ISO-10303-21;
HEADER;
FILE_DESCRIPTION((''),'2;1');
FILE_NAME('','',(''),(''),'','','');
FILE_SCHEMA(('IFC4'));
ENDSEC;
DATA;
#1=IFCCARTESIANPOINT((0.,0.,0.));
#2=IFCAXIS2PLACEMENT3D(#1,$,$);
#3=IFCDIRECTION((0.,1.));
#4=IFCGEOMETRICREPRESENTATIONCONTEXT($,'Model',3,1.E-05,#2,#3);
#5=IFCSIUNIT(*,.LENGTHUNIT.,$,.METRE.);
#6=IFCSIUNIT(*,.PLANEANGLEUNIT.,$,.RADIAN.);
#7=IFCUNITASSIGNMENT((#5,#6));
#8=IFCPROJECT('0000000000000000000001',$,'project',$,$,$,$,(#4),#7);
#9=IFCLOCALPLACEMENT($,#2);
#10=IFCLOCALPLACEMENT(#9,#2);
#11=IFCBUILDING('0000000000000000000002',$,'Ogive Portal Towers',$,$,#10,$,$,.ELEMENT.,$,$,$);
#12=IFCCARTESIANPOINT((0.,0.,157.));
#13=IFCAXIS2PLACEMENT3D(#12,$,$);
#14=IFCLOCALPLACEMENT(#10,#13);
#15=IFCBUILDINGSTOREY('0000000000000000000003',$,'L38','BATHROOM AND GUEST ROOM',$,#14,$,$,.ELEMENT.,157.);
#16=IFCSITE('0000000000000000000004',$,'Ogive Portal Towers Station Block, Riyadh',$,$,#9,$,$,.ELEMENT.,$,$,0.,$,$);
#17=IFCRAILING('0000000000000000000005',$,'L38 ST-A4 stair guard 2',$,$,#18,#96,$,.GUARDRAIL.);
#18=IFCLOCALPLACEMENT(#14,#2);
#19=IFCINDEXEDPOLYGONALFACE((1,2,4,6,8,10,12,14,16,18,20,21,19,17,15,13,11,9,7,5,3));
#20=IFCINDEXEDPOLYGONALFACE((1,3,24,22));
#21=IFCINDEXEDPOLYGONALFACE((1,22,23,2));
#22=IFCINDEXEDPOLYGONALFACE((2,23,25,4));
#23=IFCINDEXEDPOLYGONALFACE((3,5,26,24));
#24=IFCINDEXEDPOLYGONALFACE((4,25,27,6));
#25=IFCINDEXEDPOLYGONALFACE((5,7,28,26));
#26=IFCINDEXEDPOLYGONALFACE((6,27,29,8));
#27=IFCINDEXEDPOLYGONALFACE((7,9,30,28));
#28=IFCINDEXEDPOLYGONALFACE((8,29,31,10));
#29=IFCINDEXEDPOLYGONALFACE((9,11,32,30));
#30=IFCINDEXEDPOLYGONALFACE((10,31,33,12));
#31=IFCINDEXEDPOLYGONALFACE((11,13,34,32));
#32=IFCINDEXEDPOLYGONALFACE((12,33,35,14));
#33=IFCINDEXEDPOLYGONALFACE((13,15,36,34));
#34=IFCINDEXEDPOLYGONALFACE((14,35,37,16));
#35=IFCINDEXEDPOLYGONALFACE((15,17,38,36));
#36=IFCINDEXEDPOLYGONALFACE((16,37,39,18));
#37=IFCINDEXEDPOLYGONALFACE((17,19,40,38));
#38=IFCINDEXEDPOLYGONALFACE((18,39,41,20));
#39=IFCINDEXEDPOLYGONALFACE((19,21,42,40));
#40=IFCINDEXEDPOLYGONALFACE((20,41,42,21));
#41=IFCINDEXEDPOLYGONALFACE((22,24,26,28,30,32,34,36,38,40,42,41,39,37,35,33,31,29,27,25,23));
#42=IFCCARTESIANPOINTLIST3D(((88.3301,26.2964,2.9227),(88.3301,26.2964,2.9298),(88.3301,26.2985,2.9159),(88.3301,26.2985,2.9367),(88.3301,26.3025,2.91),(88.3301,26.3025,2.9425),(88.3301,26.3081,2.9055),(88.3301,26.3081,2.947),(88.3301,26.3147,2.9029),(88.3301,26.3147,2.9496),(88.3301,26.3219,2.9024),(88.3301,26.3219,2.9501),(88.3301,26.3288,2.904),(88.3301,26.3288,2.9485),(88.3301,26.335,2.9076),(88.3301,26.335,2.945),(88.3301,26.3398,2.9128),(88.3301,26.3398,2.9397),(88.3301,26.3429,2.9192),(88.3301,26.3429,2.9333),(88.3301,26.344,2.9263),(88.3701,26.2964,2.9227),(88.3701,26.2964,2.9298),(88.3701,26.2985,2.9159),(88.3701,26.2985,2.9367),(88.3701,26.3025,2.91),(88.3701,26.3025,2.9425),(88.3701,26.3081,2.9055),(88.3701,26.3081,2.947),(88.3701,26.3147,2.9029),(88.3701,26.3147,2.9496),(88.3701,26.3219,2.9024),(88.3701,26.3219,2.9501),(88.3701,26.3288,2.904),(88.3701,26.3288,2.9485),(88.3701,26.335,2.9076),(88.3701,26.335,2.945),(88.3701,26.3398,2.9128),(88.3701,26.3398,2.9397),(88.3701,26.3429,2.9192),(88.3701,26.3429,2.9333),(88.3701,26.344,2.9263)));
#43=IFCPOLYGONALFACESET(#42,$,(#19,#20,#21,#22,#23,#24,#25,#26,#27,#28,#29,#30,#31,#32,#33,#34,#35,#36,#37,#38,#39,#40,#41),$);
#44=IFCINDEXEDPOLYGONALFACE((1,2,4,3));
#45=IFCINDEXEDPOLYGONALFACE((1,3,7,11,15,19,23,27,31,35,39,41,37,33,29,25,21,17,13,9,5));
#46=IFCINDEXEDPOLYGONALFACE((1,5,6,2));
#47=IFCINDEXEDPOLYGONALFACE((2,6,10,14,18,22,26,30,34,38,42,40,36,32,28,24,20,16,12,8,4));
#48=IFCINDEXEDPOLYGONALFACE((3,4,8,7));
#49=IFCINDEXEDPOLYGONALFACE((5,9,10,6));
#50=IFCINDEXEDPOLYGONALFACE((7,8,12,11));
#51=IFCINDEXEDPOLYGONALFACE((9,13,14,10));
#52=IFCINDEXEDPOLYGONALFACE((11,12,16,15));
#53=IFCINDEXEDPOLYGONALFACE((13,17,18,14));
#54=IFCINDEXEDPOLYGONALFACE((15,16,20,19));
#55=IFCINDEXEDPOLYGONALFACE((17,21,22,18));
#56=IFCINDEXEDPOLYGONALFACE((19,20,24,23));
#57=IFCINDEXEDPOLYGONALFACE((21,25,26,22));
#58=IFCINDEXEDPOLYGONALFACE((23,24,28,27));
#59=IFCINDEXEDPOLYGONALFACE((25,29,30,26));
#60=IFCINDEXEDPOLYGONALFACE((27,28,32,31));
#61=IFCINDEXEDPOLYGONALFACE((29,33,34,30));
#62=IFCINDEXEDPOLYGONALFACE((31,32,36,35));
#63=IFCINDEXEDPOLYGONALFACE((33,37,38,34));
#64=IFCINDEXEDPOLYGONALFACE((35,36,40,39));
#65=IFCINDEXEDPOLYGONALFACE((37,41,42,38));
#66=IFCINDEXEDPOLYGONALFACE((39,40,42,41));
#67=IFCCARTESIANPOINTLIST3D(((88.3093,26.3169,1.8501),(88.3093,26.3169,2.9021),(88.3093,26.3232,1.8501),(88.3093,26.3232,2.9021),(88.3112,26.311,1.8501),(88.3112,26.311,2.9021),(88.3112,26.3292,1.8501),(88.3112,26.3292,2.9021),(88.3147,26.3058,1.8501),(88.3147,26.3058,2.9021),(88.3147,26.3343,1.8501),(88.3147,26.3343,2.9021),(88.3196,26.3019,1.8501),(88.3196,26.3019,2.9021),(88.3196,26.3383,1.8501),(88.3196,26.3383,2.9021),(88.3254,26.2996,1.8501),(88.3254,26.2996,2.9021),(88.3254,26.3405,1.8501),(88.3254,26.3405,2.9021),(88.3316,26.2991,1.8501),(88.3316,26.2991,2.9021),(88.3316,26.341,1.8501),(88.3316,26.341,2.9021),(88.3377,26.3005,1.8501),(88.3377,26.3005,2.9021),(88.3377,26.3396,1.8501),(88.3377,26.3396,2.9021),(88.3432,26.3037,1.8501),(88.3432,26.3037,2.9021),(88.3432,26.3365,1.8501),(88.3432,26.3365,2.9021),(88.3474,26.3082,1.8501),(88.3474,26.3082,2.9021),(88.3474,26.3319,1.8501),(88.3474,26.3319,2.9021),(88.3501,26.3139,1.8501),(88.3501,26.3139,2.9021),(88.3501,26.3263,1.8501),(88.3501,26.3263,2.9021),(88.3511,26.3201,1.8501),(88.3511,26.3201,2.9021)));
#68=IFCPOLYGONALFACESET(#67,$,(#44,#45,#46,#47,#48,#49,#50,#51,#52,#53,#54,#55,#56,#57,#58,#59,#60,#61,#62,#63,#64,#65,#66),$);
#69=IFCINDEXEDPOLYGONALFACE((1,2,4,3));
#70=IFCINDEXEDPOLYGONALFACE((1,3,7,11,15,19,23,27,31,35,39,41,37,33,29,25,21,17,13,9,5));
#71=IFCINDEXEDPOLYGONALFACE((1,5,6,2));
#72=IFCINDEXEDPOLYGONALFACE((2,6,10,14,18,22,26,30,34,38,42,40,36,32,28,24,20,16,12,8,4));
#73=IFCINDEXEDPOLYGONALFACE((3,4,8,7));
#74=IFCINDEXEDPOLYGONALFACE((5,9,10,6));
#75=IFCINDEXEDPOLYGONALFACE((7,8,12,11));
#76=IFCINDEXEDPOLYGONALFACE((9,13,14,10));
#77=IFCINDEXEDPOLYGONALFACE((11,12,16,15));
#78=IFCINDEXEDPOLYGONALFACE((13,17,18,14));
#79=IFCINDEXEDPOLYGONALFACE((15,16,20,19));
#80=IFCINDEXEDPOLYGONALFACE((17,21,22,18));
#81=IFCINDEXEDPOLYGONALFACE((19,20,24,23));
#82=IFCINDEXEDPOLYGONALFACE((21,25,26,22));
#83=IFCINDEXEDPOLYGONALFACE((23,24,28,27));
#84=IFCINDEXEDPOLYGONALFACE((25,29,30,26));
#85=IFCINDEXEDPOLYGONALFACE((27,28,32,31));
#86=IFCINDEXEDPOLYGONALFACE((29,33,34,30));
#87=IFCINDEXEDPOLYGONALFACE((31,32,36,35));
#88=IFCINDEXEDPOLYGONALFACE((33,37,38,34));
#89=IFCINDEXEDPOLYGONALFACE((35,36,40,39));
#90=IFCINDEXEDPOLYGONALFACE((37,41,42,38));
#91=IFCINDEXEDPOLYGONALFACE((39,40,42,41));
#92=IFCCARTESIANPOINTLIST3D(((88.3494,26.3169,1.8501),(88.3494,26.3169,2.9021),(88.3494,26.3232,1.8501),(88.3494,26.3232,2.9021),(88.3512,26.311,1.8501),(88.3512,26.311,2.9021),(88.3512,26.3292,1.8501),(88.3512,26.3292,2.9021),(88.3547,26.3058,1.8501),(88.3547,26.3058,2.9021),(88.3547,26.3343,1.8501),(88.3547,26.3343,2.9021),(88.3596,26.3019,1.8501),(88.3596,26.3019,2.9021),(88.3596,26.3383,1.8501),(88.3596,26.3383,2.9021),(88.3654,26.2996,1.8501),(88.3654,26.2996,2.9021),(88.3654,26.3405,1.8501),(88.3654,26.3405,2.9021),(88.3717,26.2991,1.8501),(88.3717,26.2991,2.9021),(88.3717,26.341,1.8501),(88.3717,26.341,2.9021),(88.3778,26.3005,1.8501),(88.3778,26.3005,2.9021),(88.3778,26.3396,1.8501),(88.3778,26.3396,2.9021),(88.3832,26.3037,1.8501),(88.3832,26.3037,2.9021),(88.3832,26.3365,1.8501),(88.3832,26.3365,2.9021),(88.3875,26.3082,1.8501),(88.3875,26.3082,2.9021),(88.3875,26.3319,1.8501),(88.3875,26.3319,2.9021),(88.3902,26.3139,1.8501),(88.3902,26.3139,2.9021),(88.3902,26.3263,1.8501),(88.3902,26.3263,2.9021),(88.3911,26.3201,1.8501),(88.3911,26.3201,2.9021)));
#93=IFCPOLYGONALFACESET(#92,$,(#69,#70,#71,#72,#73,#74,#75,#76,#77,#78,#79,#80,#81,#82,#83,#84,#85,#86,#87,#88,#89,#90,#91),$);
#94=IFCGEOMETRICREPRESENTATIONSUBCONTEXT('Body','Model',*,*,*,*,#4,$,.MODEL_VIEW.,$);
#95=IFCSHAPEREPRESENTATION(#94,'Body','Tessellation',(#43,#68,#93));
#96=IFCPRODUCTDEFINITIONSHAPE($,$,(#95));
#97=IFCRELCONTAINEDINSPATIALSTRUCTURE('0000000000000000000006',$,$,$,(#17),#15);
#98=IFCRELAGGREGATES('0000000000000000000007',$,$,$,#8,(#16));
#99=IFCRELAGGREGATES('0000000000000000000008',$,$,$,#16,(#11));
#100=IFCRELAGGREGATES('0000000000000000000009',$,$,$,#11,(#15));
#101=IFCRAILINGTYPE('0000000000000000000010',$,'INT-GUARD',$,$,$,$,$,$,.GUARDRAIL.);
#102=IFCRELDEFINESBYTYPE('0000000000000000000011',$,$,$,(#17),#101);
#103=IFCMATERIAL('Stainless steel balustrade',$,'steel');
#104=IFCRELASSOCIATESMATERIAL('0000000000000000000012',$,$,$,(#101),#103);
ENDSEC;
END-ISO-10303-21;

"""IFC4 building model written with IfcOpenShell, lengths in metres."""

from ifc_helpers import new_model, si_unit, direction, frame, origin, origin_2d, place, context, subcontext, project, spatial, circle, extrude, material, type_object, element, save


model = new_model("IFC4")

# Units and contexts
model_context = context("Model", 3, precision=1e-05, world=origin(), true_north=direction((0.0, 1.0)))
body_context = subcontext(model_context, "Body", "Model", "MODEL_VIEW")
ifc_project = project(units=[si_unit("LENGTHUNIT", "METRE"), si_unit("PLANEANGLEUNIT", "RADIAN")], contexts=[model_context])

# Site, building, storey
site_placement = place(None, origin())
site = spatial("IfcSite", under=ifc_project, at=site_placement, Name="Ogive Portal Towers Station Block, Riyadh", CompositionType="ELEMENT", RefElevation=0.0)
building_placement = place(site_placement, origin())
building = spatial("IfcBuilding", under=site, at=building_placement, Name="Ogive Portal Towers", CompositionType="ELEMENT")
storey_placement = place(building_placement, frame((0.0, 0.0, 157.0)))
storey = spatial("IfcBuildingStorey", under=building, at=storey_placement, Name="L38", Description="BATHROOM AND GUEST ROOM", CompositionType="ELEMENT", Elevation=157.0)

# Railing
ifc_material_1 = material(Name="Stainless steel balustrade", Category="steel")
railing_type_1 = type_object("IfcRailingType", Name="INT-GUARD", PredefinedType="GUARDRAIL", material=ifc_material_1)
railing_1_placement = place(storey_placement, frame((88.3301, 26.3201, 1.8501)))
element("IfcRailing", 1, at=railing_1_placement, inside=storey, type_object=railing_type_1, Name="L38 ST-A4 stair guard 2", PredefinedType="GUARDRAIL", context=body_context, shape_type="SweptSolid", body=[
    extrude(circle(Radius=0.0239, at=origin_2d()), frame((0.0, 0.0, 1.0762), z_axis=(1.0, 0.0, 0.0), x_axis=(0.0, 1.0, 0.0)), (0.0, 0.0, 1.0), 0.04),
    extrude(circle(Radius=0.021, at=origin_2d()), origin(), (0.0, 0.0, 1.0), 1.052),
    extrude(circle(Radius=0.021, at=origin_2d()), frame((0.04, 0.0, 0.0)), (0.0, 0.0, 1.0), 1.052),
])

save(model, "model.ifc")
